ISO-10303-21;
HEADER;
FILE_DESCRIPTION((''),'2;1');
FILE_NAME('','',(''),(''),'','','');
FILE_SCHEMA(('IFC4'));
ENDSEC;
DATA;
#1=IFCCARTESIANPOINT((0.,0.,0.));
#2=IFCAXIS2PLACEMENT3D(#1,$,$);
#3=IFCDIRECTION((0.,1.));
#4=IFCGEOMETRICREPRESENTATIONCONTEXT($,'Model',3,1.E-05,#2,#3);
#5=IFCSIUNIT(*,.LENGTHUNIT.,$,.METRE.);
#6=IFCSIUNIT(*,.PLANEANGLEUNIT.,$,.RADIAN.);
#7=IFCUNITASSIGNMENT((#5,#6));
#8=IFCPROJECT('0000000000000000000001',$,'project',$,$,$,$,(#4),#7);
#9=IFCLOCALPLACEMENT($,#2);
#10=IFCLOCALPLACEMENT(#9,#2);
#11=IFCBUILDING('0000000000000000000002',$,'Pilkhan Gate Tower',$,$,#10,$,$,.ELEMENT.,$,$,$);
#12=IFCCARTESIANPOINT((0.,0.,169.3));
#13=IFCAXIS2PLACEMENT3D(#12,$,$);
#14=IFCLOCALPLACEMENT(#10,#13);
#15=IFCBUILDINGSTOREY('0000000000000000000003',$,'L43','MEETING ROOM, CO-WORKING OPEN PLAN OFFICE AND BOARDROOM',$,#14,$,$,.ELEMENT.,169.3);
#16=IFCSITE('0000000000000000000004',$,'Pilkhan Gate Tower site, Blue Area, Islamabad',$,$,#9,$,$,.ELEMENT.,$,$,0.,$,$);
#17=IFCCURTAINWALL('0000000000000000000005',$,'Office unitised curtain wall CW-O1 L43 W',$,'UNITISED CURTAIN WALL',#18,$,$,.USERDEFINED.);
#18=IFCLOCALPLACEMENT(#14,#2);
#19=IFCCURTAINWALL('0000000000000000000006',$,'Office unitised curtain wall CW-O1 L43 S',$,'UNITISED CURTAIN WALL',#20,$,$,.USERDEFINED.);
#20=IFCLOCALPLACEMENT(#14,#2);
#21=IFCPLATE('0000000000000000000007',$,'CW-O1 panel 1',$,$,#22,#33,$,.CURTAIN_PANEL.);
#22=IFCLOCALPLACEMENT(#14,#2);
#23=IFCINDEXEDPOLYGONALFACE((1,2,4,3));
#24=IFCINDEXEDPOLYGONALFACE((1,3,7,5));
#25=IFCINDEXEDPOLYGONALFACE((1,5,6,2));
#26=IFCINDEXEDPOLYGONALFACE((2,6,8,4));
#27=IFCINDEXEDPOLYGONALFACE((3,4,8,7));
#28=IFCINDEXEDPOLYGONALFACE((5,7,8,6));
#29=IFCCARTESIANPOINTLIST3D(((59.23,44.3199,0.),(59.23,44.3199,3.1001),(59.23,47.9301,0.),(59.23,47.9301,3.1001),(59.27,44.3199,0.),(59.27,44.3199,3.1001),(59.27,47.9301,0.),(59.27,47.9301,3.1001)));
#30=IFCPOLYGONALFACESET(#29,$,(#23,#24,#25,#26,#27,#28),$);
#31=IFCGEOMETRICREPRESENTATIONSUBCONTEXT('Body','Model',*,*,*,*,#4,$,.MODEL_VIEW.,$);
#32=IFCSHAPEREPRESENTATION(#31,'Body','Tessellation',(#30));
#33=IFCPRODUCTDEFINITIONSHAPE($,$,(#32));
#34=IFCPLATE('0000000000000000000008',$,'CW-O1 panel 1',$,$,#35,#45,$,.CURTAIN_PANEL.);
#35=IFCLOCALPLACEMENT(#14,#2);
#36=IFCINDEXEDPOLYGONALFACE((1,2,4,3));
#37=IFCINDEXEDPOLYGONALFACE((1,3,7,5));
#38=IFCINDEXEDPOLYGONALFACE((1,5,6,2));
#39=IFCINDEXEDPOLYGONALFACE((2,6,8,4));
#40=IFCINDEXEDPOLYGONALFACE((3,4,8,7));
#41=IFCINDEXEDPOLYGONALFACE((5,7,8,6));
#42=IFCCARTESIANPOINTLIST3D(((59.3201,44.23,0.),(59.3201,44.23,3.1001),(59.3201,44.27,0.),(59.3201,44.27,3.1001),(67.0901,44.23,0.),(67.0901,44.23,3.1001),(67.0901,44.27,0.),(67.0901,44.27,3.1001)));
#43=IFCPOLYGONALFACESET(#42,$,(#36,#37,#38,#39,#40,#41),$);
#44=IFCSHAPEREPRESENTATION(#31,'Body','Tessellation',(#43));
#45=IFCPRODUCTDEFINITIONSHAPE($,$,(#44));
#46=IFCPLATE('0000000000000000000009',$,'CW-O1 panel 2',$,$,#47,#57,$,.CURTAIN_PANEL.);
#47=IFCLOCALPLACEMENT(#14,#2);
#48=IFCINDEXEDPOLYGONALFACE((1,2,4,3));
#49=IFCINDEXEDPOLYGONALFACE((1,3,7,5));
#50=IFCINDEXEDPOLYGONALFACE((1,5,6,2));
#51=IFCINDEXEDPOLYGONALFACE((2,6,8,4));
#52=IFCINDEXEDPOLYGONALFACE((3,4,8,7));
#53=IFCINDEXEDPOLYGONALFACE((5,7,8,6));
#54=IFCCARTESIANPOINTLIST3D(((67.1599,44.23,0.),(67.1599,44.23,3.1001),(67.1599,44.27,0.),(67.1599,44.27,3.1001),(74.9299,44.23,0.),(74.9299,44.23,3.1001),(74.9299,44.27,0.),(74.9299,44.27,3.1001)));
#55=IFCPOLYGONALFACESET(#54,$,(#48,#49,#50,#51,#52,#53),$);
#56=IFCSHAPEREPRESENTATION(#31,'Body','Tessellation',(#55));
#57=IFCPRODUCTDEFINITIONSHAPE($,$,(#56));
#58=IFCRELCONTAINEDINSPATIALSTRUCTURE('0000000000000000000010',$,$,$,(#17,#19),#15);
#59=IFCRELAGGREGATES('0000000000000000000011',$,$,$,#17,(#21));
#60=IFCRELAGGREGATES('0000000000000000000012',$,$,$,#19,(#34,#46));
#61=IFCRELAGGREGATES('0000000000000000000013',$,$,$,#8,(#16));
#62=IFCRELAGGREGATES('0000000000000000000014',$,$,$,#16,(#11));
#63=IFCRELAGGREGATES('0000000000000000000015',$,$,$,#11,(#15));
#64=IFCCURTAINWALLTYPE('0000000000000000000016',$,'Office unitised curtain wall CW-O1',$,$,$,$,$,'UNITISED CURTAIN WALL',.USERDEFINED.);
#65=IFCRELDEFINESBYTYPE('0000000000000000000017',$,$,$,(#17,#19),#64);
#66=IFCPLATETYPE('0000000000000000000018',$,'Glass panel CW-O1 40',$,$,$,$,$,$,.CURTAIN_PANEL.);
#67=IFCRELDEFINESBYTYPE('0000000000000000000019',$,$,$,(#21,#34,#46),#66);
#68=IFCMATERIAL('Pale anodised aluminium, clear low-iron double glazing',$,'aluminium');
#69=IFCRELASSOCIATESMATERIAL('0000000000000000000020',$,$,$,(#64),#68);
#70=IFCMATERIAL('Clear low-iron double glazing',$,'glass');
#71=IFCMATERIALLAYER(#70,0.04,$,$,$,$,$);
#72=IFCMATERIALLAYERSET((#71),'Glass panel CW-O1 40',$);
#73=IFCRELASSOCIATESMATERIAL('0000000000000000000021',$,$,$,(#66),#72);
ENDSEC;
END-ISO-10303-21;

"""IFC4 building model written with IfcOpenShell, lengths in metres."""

from ifc_helpers import new_model, si_unit, direction, frame, origin, origin_2d, place, context, subcontext, project, spatial, rectangle, extrude, material, layer, layer_set, type_object, element, aggregate, save


model = new_model("IFC4")

# Units and contexts
model_context = context("Model", 3, precision=1e-05, world=origin(), true_north=direction((0.0, 1.0)))
body_context = subcontext(model_context, "Body", "Model", "MODEL_VIEW")
ifc_project = project(units=[si_unit("LENGTHUNIT", "METRE"), si_unit("PLANEANGLEUNIT", "RADIAN")], contexts=[model_context])

# Site, building, storey
site_placement = place(None, origin())
site = spatial("IfcSite", under=ifc_project, at=site_placement, Name="Pilkhan Gate Tower site, Blue Area, Islamabad", CompositionType="ELEMENT", RefElevation=0.0)
building_placement = place(site_placement, origin())
building = spatial("IfcBuilding", under=site, at=building_placement, Name="Pilkhan Gate Tower", CompositionType="ELEMENT")
storey_placement = place(building_placement, frame((0.0, 0.0, 169.3)))
storey = spatial("IfcBuildingStorey", under=building, at=storey_placement, Name="L43", Description="MEETING ROOM, CO-WORKING OPEN PLAN OFFICE AND BOARDROOM", CompositionType="ELEMENT", Elevation=169.3)

# Shared definitions
ifc_material_1 = material(Name="Pale anodised aluminium, clear low-iron double glazing", Category="aluminium")
curtain_wall_type = type_object("IfcCurtainWallType", Name="Office unitised curtain wall CW-O1", ElementType="UNITISED CURTAIN WALL", PredefinedType="USERDEFINED", material=ifc_material_1)

# Curtain walls
curtain_wall_1_placement = place(storey_placement, origin())
curtain_wall_1 = element("IfcCurtainWall", 1, at=curtain_wall_1_placement, inside=storey, type_object=curtain_wall_type, Name="Office unitised curtain wall CW-O1 L43 W", ObjectType="UNITISED CURTAIN WALL", PredefinedType="USERDEFINED")
curtain_wall_2_placement = place(storey_placement, origin())
curtain_wall_2 = element("IfcCurtainWall", 2, at=curtain_wall_2_placement, inside=storey, type_object=curtain_wall_type, Name="Office unitised curtain wall CW-O1 L43 S", ObjectType="UNITISED CURTAIN WALL", PredefinedType="USERDEFINED")

# Plates
ifc_material_2 = material(Name="Clear low-iron double glazing", Category="glass")
ifc_layer = layer(ifc_material_2, 0.04)
ifc_layer_set = layer_set([ifc_layer], Name="Glass panel CW-O1 40")
plate_type = type_object("IfcPlateType", Name="Glass panel CW-O1 40", PredefinedType="CURTAIN_PANEL", material=ifc_layer_set)
plate_1_placement = place(storey_placement, frame((59.25, 46.125, 0.0), z_axis=(0.0, 0.0, 1.0), x_axis=(0.0, 1.0, 0.0)))
plate_1 = element("IfcPlate", 3, at=plate_1_placement, type_object=plate_type, Name="CW-O1 panel 1", PredefinedType="CURTAIN_PANEL", context=body_context, shape_type="SweptSolid", body=[
    extrude(rectangle(XDim=3.6101, YDim=0.04, at=origin_2d()), origin(), (0.0, 0.0, 1.0), 3.1001),
])
aggregate(curtain_wall_1, [plate_1])
plate_2_placement = place(storey_placement, frame((63.2051, 44.25, 0.0), z_axis=(0.0, 0.0, 1.0), x_axis=(1.0, 0.0, 0.0)))
plate_2 = element("IfcPlate", 4, at=plate_2_placement, type_object=plate_type, Name="CW-O1 panel 1", PredefinedType="CURTAIN_PANEL", context=body_context, shape_type="SweptSolid", body=[
    extrude(rectangle(XDim=7.77, YDim=0.04, at=origin_2d()), origin(), (0.0, 0.0, 1.0), 3.1001),
])
plate_3_placement = place(storey_placement, frame((71.0449, 44.25, 0.0), z_axis=(0.0, 0.0, 1.0), x_axis=(1.0, 0.0, 0.0)))
plate_3 = element("IfcPlate", 5, at=plate_3_placement, type_object=plate_type, Name="CW-O1 panel 2", PredefinedType="CURTAIN_PANEL", context=body_context, shape_type="SweptSolid", body=[
    extrude(rectangle(XDim=7.77, YDim=0.04, at=origin_2d()), origin(), (0.0, 0.0, 1.0), 3.1001),
])
aggregate(curtain_wall_2, [plate_2, plate_3])

save(model, "model.ifc")
